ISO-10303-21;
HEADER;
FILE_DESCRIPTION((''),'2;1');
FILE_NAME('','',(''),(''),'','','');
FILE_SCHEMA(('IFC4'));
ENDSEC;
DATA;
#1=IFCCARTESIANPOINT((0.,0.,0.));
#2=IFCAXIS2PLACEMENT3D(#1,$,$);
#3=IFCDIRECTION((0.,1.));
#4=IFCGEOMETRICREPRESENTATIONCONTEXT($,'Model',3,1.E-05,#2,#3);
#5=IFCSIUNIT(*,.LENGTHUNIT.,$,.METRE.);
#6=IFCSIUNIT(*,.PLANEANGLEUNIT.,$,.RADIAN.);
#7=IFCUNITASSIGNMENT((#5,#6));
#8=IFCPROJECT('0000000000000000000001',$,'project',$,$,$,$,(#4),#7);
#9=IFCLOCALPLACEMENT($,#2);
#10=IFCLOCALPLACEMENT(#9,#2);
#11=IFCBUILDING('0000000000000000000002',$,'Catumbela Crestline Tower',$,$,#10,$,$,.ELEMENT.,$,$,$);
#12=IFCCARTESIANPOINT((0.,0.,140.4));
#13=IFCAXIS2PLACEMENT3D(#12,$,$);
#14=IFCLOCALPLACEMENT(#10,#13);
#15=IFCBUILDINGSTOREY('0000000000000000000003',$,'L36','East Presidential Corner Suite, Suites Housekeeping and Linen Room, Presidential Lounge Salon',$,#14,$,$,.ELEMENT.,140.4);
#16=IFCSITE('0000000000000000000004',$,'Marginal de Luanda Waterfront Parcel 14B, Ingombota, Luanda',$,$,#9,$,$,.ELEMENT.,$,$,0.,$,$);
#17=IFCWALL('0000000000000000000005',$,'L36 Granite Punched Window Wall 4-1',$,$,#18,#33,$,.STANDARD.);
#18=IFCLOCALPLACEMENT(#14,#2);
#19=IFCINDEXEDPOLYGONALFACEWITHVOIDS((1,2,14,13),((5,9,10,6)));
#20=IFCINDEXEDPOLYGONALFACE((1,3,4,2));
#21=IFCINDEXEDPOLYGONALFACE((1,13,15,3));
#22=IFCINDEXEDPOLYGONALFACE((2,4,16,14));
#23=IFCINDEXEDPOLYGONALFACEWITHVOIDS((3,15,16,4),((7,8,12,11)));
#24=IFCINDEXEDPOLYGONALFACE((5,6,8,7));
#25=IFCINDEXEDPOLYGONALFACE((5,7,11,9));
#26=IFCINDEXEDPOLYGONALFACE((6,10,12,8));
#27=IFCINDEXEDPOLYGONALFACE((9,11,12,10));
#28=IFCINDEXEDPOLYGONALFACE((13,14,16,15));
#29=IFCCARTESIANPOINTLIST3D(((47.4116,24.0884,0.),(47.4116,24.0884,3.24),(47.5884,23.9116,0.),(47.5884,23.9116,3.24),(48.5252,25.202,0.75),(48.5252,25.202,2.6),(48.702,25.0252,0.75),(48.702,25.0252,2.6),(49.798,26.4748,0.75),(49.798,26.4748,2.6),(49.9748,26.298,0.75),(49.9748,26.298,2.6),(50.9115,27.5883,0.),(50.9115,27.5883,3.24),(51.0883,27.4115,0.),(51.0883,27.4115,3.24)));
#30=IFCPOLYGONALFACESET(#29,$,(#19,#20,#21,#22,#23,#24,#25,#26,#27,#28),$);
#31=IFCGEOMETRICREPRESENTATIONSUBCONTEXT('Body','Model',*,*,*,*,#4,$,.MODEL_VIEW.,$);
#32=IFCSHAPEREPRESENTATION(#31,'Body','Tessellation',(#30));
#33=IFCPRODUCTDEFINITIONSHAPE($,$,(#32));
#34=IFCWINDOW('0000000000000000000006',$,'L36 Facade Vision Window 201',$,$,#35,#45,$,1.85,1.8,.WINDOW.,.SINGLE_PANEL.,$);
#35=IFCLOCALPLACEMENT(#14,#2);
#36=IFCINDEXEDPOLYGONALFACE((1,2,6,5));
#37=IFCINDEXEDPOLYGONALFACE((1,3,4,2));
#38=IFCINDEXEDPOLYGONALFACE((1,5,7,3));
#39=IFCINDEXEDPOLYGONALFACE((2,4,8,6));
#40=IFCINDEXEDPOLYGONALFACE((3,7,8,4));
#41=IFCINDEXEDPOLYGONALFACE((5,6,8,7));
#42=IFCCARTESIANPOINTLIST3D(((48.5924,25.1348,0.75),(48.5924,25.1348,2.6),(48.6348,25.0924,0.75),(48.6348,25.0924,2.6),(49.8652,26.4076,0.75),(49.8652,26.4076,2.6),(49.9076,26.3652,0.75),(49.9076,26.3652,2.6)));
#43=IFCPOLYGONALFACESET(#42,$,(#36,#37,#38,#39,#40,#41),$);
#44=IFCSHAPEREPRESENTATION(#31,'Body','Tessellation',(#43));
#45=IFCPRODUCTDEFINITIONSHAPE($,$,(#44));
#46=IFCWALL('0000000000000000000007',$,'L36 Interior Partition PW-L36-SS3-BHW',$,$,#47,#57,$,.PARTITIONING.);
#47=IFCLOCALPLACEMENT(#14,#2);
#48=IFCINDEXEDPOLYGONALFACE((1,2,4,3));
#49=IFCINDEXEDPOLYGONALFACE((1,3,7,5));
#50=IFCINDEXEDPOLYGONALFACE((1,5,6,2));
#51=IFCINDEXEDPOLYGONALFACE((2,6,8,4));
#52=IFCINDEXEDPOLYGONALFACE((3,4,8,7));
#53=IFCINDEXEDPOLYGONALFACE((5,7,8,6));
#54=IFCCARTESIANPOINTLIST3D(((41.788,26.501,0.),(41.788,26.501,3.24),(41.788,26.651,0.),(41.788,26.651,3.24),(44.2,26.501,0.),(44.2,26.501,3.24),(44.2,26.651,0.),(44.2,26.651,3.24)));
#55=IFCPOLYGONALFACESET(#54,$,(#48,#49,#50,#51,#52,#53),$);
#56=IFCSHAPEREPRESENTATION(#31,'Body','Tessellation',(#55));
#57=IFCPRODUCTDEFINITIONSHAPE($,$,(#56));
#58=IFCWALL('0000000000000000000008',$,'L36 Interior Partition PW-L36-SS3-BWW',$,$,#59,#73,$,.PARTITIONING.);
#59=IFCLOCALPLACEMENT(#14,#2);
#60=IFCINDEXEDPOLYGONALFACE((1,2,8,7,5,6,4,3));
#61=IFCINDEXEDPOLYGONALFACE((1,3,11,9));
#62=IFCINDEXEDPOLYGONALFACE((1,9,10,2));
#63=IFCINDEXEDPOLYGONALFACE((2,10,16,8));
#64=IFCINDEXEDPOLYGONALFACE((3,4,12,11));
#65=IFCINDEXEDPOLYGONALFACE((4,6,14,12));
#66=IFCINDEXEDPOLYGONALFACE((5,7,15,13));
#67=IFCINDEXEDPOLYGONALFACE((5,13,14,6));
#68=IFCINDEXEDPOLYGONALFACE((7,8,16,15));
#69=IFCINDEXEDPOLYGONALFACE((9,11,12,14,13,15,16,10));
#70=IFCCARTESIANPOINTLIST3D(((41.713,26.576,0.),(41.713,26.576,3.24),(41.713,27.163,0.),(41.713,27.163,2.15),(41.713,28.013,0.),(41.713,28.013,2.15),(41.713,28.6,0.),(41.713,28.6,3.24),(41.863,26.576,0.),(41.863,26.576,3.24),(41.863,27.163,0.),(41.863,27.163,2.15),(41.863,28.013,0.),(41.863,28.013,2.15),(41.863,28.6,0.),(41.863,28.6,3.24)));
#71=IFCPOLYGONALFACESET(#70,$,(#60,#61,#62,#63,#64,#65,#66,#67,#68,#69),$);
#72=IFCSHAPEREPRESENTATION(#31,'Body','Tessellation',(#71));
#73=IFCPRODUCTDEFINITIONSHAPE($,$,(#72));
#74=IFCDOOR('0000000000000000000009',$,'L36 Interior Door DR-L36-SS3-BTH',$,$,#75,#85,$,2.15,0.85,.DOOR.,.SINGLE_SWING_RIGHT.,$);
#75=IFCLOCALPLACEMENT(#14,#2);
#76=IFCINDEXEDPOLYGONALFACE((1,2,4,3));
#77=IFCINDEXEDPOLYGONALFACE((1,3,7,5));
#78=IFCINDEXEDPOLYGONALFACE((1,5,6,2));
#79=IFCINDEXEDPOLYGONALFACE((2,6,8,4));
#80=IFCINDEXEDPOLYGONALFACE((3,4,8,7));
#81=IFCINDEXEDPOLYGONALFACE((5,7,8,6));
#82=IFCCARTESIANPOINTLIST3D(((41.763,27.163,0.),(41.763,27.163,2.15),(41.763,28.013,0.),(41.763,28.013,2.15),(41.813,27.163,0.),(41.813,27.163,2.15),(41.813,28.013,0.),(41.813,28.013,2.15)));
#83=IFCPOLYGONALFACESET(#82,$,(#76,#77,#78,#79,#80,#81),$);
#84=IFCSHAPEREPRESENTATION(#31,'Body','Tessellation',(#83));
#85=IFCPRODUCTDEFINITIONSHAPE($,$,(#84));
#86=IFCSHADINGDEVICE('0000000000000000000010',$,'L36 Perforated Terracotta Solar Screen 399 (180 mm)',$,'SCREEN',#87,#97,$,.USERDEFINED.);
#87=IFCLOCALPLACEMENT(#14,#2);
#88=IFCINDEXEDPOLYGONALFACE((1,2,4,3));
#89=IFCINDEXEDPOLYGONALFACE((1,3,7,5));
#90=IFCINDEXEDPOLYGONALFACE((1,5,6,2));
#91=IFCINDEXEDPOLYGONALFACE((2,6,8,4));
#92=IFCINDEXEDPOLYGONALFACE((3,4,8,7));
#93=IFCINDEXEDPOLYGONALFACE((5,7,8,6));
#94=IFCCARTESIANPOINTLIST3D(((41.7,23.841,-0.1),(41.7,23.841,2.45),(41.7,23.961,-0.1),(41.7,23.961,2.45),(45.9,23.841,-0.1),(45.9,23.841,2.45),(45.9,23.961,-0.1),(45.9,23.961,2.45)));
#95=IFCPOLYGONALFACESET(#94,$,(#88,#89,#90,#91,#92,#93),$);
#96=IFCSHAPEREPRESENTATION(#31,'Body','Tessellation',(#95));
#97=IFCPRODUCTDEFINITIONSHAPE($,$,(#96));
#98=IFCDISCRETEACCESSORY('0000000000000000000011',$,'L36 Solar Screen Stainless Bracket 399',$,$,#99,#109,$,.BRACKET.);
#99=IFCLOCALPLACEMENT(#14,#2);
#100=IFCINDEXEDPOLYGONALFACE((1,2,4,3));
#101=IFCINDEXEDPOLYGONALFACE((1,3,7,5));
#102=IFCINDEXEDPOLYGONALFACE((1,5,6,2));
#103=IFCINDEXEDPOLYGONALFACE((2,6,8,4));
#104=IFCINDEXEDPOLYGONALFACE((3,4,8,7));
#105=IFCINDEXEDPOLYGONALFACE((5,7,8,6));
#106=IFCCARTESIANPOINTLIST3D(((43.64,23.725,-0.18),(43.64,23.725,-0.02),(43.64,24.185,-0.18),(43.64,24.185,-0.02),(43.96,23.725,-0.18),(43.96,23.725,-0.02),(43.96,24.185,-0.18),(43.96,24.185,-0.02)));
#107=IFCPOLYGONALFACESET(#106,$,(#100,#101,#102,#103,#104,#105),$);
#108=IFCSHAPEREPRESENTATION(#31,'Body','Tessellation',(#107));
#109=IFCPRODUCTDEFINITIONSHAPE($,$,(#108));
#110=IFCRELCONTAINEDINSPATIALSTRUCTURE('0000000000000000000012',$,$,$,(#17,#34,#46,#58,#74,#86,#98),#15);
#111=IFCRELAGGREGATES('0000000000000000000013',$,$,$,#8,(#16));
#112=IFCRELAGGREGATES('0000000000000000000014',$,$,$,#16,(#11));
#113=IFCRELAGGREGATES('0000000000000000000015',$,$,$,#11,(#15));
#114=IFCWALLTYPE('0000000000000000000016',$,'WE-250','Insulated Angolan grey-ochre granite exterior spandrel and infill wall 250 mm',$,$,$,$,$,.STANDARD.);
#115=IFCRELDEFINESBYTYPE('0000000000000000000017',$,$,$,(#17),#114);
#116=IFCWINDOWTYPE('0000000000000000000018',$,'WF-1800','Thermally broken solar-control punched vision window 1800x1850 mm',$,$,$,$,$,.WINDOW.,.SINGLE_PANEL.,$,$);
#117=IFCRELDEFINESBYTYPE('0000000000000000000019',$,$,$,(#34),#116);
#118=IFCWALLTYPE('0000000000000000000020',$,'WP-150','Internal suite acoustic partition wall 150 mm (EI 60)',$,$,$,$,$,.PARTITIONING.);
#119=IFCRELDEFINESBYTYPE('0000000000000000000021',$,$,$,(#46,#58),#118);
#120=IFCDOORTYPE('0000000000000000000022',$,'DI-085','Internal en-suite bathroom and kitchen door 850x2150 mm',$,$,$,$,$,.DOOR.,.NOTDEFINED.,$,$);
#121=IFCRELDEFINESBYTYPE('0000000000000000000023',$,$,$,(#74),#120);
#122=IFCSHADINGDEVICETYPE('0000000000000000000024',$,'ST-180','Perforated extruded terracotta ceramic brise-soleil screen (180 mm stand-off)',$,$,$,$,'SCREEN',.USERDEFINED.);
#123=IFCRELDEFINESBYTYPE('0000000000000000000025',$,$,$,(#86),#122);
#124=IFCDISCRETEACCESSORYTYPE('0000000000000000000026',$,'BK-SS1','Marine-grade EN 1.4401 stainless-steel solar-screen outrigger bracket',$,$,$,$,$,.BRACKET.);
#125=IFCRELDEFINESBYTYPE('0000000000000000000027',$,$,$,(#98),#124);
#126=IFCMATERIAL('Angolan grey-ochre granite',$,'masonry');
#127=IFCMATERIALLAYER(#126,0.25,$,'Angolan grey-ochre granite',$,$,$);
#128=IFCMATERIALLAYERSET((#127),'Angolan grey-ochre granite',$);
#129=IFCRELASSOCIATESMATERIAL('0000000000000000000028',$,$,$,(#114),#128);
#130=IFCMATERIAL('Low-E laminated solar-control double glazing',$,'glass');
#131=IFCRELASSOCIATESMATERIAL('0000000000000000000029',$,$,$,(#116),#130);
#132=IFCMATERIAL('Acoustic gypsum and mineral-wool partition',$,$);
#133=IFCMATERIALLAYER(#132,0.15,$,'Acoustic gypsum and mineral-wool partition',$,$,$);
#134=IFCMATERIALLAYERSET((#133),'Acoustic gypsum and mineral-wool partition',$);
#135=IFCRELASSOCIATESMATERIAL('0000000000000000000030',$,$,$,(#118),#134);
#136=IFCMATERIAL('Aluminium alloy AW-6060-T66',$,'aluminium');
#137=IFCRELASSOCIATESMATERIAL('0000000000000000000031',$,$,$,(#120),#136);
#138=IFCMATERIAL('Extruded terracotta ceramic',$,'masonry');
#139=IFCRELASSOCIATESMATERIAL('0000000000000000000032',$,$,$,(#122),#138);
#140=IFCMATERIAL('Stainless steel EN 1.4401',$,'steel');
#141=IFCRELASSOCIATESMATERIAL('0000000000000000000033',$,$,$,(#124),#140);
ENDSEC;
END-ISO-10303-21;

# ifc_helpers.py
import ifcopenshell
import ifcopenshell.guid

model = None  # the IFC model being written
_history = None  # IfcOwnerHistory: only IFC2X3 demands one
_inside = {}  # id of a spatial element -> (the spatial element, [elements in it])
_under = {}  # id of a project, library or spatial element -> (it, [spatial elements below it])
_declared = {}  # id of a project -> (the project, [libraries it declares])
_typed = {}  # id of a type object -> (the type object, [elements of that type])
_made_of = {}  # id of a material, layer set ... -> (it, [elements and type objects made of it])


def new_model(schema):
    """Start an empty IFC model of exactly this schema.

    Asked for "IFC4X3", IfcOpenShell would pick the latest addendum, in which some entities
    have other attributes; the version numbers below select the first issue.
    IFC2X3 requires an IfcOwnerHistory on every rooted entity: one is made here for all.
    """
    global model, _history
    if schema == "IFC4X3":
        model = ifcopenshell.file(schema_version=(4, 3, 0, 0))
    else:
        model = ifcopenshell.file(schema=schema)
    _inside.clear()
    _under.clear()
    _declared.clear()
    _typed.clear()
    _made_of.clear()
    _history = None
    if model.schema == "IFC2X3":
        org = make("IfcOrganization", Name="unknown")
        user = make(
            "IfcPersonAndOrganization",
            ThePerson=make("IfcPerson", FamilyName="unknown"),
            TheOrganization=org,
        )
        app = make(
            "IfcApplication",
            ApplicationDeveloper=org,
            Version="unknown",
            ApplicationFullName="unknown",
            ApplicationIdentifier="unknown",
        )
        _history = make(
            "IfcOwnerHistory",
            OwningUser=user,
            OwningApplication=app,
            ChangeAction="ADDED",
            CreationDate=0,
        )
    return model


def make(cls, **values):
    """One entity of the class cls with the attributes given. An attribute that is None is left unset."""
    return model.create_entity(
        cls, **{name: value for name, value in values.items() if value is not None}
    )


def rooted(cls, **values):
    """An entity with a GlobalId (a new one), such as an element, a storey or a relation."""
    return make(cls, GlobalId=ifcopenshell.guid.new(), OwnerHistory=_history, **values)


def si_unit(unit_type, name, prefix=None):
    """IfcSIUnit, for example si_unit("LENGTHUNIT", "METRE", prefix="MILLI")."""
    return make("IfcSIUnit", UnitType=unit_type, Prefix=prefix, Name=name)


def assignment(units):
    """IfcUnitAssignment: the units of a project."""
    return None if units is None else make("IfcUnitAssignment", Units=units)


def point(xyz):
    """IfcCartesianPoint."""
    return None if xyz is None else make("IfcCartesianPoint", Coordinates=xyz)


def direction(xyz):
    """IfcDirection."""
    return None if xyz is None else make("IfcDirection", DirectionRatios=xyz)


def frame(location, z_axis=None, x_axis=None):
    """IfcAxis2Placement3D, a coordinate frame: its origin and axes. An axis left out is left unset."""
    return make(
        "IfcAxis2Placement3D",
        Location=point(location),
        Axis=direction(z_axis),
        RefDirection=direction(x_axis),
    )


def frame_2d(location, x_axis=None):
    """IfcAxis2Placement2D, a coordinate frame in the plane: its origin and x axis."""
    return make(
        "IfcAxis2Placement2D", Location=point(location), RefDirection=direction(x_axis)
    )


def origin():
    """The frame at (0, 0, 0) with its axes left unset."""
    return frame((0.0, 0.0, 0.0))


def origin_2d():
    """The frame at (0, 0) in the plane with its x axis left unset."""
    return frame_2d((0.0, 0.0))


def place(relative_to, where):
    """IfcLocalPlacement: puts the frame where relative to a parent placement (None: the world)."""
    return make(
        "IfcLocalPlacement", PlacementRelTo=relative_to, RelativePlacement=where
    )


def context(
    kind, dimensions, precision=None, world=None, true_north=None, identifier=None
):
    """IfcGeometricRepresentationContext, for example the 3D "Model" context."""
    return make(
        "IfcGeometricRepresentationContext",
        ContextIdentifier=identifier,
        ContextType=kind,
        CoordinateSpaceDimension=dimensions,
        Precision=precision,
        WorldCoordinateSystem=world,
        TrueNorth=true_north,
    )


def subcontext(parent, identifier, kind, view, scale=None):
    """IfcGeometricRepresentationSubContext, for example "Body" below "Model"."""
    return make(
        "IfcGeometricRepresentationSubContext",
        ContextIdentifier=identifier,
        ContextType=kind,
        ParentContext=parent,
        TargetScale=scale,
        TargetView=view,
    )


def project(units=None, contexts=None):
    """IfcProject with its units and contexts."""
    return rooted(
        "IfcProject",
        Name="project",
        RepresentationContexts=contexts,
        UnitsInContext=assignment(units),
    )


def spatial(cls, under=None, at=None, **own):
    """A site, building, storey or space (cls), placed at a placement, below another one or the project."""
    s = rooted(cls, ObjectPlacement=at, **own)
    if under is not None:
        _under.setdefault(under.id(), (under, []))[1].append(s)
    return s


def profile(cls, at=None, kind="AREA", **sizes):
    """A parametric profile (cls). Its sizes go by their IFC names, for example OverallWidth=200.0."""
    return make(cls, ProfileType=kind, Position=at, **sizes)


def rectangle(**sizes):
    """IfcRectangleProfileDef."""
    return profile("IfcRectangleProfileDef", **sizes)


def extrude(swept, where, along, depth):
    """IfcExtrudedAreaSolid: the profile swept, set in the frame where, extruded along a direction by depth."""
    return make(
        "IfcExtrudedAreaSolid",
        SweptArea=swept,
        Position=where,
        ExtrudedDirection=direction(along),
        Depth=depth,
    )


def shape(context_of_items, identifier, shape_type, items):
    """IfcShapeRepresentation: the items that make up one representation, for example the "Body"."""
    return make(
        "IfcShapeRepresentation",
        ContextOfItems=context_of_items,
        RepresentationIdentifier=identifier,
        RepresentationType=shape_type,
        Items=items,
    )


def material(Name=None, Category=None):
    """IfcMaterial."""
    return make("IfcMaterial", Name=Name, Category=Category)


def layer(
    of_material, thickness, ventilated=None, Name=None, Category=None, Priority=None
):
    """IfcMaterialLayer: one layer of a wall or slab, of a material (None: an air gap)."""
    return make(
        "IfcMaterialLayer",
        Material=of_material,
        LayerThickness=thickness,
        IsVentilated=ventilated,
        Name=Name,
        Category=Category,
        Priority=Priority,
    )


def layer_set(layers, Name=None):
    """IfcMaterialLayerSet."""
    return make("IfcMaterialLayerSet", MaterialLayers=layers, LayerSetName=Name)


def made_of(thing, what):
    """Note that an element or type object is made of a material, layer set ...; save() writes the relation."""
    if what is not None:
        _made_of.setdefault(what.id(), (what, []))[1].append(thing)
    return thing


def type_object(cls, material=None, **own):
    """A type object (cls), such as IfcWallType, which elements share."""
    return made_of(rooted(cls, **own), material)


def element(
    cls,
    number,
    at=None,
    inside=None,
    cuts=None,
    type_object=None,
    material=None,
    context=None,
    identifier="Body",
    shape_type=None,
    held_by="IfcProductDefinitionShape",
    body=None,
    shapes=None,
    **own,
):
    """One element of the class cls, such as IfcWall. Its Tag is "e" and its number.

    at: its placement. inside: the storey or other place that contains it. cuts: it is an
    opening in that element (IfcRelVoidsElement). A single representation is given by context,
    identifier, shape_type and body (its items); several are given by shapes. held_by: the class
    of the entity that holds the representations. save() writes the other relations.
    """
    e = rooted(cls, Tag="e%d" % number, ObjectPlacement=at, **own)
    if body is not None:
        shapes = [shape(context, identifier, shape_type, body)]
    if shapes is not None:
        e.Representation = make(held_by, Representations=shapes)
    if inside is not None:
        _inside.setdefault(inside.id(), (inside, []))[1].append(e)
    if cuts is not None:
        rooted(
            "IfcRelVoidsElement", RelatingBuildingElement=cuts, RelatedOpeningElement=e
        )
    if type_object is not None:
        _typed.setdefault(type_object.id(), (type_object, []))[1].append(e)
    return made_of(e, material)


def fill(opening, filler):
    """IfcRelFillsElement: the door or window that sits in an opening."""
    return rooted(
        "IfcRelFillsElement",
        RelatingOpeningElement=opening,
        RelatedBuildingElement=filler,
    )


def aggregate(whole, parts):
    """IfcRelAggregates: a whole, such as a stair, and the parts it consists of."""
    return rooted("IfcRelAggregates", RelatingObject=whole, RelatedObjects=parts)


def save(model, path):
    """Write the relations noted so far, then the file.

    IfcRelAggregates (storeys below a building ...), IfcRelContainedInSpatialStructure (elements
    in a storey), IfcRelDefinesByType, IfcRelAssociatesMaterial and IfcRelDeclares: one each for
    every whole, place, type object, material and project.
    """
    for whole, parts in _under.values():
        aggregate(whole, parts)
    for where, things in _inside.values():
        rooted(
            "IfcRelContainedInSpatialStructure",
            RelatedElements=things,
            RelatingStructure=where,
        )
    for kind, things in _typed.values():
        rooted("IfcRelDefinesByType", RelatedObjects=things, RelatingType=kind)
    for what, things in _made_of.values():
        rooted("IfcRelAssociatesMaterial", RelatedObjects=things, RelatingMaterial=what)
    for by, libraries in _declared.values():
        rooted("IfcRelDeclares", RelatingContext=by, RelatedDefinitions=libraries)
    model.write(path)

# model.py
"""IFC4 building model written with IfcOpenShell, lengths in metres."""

from ifc_helpers import new_model, si_unit, direction, frame, frame_2d, origin, origin_2d, place, context, subcontext, project, spatial, rectangle, extrude, material, layer, layer_set, type_object, element, fill, save


model = new_model("IFC4")

# Units and contexts
model_context = context("Model", 3, precision=1e-05, world=origin(), true_north=direction((0.0, 1.0)))
body_context = subcontext(model_context, "Body", "Model", "MODEL_VIEW")
ifc_project = project(units=[si_unit("LENGTHUNIT", "METRE"), si_unit("PLANEANGLEUNIT", "RADIAN")], contexts=[model_context])

# Site, building, storey
site_placement = place(None, origin())
site = spatial("IfcSite", under=ifc_project, at=site_placement, Name="Marginal de Luanda Waterfront Parcel 14B, Ingombota, Luanda", CompositionType="ELEMENT", RefElevation=0.0)
building_placement = place(site_placement, origin())
building = spatial("IfcBuilding", under=site, at=building_placement, Name="Catumbela Crestline Tower", CompositionType="ELEMENT")
storey_placement = place(building_placement, frame((0.0, 0.0, 140.4)))
storey = spatial("IfcBuildingStorey", under=building, at=storey_placement, Name="L36", Description="East Presidential Corner Suite, Suites Housekeeping and Linen Room, Presidential Lounge Salon", CompositionType="ELEMENT", Elevation=140.4)

# Shared definitions
ifc_material_1 = material(Name="Aluminium alloy AW-6060-T66", Category="aluminium")

# Shared definitions
ifc_material_2 = material(Name="Low-E laminated solar-control double glazing", Category="glass")

# Wall, opening, window
ifc_material_3 = material(Name="Angolan grey-ochre granite", Category="masonry")
ifc_layer_1 = layer(ifc_material_3, 0.25, Name="Angolan grey-ochre granite")
ifc_layer_set_1 = layer_set([ifc_layer_1], Name="Angolan grey-ochre granite")
wall_type_1 = type_object("IfcWallType", Name="WE-250", Description="Insulated Angolan grey-ochre granite exterior spandrel and infill wall 250 mm", PredefinedType="STANDARD", material=ifc_layer_set_1)
wall_1_placement = place(storey_placement, frame((47.5, 24.0, 0.0), z_axis=(0.0, 0.0, 1.0), x_axis=(0.707107, 0.707107, 0.0)))
wall_1 = element("IfcWall", 1, at=wall_1_placement, inside=storey, type_object=wall_type_1, Name="L36 Granite Punched Window Wall 4-1", PredefinedType="STANDARD", context=body_context, shape_type="SweptSolid", body=[
    extrude(rectangle(XDim=4.9497, YDim=0.25, at=frame_2d((2.4748, 0.0))), origin(), (0.0, 0.0, 1.0), 3.24),
])
opening_1_placement = place(wall_1_placement, frame((1.5749, 0.0, 0.75)))
opening_1 = element("IfcOpeningElement", 2, at=opening_1_placement, cuts=wall_1, PredefinedType="OPENING", context=body_context, shape_type="SweptSolid", body=[
    extrude(rectangle(XDim=1.8, YDim=1.85, at=frame_2d((0.9, 0.925))), frame((0.0, 0.135, 0.0), z_axis=(0.0, -1.0, 0.0), x_axis=(1.0, 0.0, 0.0)), (0.0, 0.0, 1.0), 0.27),
])
window_type = type_object("IfcWindowType", Name="WF-1800", Description="Thermally broken solar-control punched vision window 1800x1850 mm", PartitioningType="SINGLE_PANEL", PredefinedType="WINDOW", material=ifc_material_2)
window_placement = place(opening_1_placement, origin())
window = element("IfcWindow", 3, at=window_placement, inside=storey, type_object=window_type, Name="L36 Facade Vision Window 201", OverallHeight=1.85, OverallWidth=1.8, PartitioningType="SINGLE_PANEL", PredefinedType="WINDOW", context=body_context, shape_type="SweptSolid", body=[
    extrude(rectangle(XDim=1.8, YDim=1.85, at=frame_2d((0.9, 0.925))), frame((0.0, 0.03, 0.0), z_axis=(0.0, -1.0, 0.0), x_axis=(1.0, 0.0, 0.0)), (0.0, 0.0, 1.0), 0.06),
])
fill(opening_1, window)

# Wall
ifc_material_4 = material(Name="Acoustic gypsum and mineral-wool partition")
ifc_layer_2 = layer(ifc_material_4, 0.15, Name="Acoustic gypsum and mineral-wool partition")
ifc_layer_set_2 = layer_set([ifc_layer_2], Name="Acoustic gypsum and mineral-wool partition")
wall_type_2 = type_object("IfcWallType", Name="WP-150", Description="Internal suite acoustic partition wall 150 mm (EI 60)", PredefinedType="PARTITIONING", material=ifc_layer_set_2)
wall_2_placement = place(storey_placement, frame((41.788, 26.576, 0.0), z_axis=(0.0, 0.0, 1.0), x_axis=(1.0, 0.0, 0.0)))
element("IfcWall", 4, at=wall_2_placement, inside=storey, type_object=wall_type_2, Name="L36 Interior Partition PW-L36-SS3-BHW", PredefinedType="PARTITIONING", context=body_context, shape_type="SweptSolid", body=[
    extrude(rectangle(XDim=2.412, YDim=0.15, at=frame_2d((1.206, 0.0))), origin(), (0.0, 0.0, 1.0), 3.24),
])

# Wall, opening, door
wall_3_placement = place(storey_placement, frame((41.788, 26.576, 0.0), z_axis=(0.0, 0.0, 1.0), x_axis=(0.0, 1.0, 0.0)))
wall_3 = element("IfcWall", 5, at=wall_3_placement, inside=storey, type_object=wall_type_2, Name="L36 Interior Partition PW-L36-SS3-BWW", PredefinedType="PARTITIONING", context=body_context, shape_type="SweptSolid", body=[
    extrude(rectangle(XDim=2.024, YDim=0.15, at=frame_2d((1.012, 0.0))), origin(), (0.0, 0.0, 1.0), 3.24),
])
opening_2_placement = place(wall_3_placement, frame((0.587, 0.0, 0.0)))
opening_2 = element("IfcOpeningElement", 6, at=opening_2_placement, cuts=wall_3, PredefinedType="OPENING", context=body_context, shape_type="SweptSolid", body=[
    extrude(rectangle(XDim=0.85, YDim=2.15, at=frame_2d((0.425, 1.075))), frame((0.0, 0.085, 0.0), z_axis=(0.0, -1.0, 0.0), x_axis=(1.0, 0.0, 0.0)), (0.0, 0.0, 1.0), 0.17),
])
door_type = type_object("IfcDoorType", Name="DI-085", Description="Internal en-suite bathroom and kitchen door 850x2150 mm", OperationType="NOTDEFINED", PredefinedType="DOOR", material=ifc_material_1)
door_placement = place(opening_2_placement, origin())
door = element("IfcDoor", 7, at=door_placement, inside=storey, type_object=door_type, Name="L36 Interior Door DR-L36-SS3-BTH", OperationType="SINGLE_SWING_RIGHT", OverallHeight=2.15, OverallWidth=0.85, PredefinedType="DOOR", context=body_context, shape_type="SweptSolid", body=[
    extrude(rectangle(XDim=0.85, YDim=2.15, at=frame_2d((0.425, 1.075))), frame((0.0, 0.025, 0.0), z_axis=(0.0, -1.0, 0.0), x_axis=(1.0, 0.0, 0.0)), (0.0, 0.0, 1.0), 0.05),
])
fill(opening_2, door)

# Shading device
ifc_material_5 = material(Name="Extruded terracotta ceramic", Category="masonry")
shading_device_type = type_object("IfcShadingDeviceType", Name="ST-180", Description="Perforated extruded terracotta ceramic brise-soleil screen (180 mm stand-off)", ElementType="SCREEN", PredefinedType="USERDEFINED", material=ifc_material_5)
shading_device_placement = place(storey_placement, frame((43.8, 23.901, -0.1), z_axis=(0.0, 0.0, 1.0), x_axis=(1.0, 0.0, 0.0)))
element("IfcShadingDevice", 8, at=shading_device_placement, inside=storey, type_object=shading_device_type, Name="L36 Perforated Terracotta Solar Screen 399 (180 mm)", ObjectType="SCREEN", PredefinedType="USERDEFINED", context=body_context, shape_type="SweptSolid", body=[
    extrude(rectangle(XDim=4.2, YDim=0.12, at=origin_2d()), origin(), (0.0, 0.0, 1.0), 2.55),
])

# Discrete accessory
ifc_material_6 = material(Name="Stainless steel EN 1.4401", Category="steel")
discrete_accessory_type = type_object("IfcDiscreteAccessoryType", Name="BK-SS1", Description="Marine-grade EN 1.4401 stainless-steel solar-screen outrigger bracket", PredefinedType="BRACKET", material=ifc_material_6)
discrete_accessory_placement = place(storey_placement, frame((43.8, 23.955, -0.18), z_axis=(0.0, 0.0, 1.0), x_axis=(1.0, 0.0, 0.0)))
element("IfcDiscreteAccessory", 9, at=discrete_accessory_placement, inside=storey, type_object=discrete_accessory_type, Name="L36 Solar Screen Stainless Bracket 399", PredefinedType="BRACKET", context=body_context, shape_type="SweptSolid", body=[
    extrude(rectangle(XDim=0.32, YDim=0.46, at=origin_2d()), origin(), (0.0, 0.0, 1.0), 0.16),
])

save(model, "model.ifc")
